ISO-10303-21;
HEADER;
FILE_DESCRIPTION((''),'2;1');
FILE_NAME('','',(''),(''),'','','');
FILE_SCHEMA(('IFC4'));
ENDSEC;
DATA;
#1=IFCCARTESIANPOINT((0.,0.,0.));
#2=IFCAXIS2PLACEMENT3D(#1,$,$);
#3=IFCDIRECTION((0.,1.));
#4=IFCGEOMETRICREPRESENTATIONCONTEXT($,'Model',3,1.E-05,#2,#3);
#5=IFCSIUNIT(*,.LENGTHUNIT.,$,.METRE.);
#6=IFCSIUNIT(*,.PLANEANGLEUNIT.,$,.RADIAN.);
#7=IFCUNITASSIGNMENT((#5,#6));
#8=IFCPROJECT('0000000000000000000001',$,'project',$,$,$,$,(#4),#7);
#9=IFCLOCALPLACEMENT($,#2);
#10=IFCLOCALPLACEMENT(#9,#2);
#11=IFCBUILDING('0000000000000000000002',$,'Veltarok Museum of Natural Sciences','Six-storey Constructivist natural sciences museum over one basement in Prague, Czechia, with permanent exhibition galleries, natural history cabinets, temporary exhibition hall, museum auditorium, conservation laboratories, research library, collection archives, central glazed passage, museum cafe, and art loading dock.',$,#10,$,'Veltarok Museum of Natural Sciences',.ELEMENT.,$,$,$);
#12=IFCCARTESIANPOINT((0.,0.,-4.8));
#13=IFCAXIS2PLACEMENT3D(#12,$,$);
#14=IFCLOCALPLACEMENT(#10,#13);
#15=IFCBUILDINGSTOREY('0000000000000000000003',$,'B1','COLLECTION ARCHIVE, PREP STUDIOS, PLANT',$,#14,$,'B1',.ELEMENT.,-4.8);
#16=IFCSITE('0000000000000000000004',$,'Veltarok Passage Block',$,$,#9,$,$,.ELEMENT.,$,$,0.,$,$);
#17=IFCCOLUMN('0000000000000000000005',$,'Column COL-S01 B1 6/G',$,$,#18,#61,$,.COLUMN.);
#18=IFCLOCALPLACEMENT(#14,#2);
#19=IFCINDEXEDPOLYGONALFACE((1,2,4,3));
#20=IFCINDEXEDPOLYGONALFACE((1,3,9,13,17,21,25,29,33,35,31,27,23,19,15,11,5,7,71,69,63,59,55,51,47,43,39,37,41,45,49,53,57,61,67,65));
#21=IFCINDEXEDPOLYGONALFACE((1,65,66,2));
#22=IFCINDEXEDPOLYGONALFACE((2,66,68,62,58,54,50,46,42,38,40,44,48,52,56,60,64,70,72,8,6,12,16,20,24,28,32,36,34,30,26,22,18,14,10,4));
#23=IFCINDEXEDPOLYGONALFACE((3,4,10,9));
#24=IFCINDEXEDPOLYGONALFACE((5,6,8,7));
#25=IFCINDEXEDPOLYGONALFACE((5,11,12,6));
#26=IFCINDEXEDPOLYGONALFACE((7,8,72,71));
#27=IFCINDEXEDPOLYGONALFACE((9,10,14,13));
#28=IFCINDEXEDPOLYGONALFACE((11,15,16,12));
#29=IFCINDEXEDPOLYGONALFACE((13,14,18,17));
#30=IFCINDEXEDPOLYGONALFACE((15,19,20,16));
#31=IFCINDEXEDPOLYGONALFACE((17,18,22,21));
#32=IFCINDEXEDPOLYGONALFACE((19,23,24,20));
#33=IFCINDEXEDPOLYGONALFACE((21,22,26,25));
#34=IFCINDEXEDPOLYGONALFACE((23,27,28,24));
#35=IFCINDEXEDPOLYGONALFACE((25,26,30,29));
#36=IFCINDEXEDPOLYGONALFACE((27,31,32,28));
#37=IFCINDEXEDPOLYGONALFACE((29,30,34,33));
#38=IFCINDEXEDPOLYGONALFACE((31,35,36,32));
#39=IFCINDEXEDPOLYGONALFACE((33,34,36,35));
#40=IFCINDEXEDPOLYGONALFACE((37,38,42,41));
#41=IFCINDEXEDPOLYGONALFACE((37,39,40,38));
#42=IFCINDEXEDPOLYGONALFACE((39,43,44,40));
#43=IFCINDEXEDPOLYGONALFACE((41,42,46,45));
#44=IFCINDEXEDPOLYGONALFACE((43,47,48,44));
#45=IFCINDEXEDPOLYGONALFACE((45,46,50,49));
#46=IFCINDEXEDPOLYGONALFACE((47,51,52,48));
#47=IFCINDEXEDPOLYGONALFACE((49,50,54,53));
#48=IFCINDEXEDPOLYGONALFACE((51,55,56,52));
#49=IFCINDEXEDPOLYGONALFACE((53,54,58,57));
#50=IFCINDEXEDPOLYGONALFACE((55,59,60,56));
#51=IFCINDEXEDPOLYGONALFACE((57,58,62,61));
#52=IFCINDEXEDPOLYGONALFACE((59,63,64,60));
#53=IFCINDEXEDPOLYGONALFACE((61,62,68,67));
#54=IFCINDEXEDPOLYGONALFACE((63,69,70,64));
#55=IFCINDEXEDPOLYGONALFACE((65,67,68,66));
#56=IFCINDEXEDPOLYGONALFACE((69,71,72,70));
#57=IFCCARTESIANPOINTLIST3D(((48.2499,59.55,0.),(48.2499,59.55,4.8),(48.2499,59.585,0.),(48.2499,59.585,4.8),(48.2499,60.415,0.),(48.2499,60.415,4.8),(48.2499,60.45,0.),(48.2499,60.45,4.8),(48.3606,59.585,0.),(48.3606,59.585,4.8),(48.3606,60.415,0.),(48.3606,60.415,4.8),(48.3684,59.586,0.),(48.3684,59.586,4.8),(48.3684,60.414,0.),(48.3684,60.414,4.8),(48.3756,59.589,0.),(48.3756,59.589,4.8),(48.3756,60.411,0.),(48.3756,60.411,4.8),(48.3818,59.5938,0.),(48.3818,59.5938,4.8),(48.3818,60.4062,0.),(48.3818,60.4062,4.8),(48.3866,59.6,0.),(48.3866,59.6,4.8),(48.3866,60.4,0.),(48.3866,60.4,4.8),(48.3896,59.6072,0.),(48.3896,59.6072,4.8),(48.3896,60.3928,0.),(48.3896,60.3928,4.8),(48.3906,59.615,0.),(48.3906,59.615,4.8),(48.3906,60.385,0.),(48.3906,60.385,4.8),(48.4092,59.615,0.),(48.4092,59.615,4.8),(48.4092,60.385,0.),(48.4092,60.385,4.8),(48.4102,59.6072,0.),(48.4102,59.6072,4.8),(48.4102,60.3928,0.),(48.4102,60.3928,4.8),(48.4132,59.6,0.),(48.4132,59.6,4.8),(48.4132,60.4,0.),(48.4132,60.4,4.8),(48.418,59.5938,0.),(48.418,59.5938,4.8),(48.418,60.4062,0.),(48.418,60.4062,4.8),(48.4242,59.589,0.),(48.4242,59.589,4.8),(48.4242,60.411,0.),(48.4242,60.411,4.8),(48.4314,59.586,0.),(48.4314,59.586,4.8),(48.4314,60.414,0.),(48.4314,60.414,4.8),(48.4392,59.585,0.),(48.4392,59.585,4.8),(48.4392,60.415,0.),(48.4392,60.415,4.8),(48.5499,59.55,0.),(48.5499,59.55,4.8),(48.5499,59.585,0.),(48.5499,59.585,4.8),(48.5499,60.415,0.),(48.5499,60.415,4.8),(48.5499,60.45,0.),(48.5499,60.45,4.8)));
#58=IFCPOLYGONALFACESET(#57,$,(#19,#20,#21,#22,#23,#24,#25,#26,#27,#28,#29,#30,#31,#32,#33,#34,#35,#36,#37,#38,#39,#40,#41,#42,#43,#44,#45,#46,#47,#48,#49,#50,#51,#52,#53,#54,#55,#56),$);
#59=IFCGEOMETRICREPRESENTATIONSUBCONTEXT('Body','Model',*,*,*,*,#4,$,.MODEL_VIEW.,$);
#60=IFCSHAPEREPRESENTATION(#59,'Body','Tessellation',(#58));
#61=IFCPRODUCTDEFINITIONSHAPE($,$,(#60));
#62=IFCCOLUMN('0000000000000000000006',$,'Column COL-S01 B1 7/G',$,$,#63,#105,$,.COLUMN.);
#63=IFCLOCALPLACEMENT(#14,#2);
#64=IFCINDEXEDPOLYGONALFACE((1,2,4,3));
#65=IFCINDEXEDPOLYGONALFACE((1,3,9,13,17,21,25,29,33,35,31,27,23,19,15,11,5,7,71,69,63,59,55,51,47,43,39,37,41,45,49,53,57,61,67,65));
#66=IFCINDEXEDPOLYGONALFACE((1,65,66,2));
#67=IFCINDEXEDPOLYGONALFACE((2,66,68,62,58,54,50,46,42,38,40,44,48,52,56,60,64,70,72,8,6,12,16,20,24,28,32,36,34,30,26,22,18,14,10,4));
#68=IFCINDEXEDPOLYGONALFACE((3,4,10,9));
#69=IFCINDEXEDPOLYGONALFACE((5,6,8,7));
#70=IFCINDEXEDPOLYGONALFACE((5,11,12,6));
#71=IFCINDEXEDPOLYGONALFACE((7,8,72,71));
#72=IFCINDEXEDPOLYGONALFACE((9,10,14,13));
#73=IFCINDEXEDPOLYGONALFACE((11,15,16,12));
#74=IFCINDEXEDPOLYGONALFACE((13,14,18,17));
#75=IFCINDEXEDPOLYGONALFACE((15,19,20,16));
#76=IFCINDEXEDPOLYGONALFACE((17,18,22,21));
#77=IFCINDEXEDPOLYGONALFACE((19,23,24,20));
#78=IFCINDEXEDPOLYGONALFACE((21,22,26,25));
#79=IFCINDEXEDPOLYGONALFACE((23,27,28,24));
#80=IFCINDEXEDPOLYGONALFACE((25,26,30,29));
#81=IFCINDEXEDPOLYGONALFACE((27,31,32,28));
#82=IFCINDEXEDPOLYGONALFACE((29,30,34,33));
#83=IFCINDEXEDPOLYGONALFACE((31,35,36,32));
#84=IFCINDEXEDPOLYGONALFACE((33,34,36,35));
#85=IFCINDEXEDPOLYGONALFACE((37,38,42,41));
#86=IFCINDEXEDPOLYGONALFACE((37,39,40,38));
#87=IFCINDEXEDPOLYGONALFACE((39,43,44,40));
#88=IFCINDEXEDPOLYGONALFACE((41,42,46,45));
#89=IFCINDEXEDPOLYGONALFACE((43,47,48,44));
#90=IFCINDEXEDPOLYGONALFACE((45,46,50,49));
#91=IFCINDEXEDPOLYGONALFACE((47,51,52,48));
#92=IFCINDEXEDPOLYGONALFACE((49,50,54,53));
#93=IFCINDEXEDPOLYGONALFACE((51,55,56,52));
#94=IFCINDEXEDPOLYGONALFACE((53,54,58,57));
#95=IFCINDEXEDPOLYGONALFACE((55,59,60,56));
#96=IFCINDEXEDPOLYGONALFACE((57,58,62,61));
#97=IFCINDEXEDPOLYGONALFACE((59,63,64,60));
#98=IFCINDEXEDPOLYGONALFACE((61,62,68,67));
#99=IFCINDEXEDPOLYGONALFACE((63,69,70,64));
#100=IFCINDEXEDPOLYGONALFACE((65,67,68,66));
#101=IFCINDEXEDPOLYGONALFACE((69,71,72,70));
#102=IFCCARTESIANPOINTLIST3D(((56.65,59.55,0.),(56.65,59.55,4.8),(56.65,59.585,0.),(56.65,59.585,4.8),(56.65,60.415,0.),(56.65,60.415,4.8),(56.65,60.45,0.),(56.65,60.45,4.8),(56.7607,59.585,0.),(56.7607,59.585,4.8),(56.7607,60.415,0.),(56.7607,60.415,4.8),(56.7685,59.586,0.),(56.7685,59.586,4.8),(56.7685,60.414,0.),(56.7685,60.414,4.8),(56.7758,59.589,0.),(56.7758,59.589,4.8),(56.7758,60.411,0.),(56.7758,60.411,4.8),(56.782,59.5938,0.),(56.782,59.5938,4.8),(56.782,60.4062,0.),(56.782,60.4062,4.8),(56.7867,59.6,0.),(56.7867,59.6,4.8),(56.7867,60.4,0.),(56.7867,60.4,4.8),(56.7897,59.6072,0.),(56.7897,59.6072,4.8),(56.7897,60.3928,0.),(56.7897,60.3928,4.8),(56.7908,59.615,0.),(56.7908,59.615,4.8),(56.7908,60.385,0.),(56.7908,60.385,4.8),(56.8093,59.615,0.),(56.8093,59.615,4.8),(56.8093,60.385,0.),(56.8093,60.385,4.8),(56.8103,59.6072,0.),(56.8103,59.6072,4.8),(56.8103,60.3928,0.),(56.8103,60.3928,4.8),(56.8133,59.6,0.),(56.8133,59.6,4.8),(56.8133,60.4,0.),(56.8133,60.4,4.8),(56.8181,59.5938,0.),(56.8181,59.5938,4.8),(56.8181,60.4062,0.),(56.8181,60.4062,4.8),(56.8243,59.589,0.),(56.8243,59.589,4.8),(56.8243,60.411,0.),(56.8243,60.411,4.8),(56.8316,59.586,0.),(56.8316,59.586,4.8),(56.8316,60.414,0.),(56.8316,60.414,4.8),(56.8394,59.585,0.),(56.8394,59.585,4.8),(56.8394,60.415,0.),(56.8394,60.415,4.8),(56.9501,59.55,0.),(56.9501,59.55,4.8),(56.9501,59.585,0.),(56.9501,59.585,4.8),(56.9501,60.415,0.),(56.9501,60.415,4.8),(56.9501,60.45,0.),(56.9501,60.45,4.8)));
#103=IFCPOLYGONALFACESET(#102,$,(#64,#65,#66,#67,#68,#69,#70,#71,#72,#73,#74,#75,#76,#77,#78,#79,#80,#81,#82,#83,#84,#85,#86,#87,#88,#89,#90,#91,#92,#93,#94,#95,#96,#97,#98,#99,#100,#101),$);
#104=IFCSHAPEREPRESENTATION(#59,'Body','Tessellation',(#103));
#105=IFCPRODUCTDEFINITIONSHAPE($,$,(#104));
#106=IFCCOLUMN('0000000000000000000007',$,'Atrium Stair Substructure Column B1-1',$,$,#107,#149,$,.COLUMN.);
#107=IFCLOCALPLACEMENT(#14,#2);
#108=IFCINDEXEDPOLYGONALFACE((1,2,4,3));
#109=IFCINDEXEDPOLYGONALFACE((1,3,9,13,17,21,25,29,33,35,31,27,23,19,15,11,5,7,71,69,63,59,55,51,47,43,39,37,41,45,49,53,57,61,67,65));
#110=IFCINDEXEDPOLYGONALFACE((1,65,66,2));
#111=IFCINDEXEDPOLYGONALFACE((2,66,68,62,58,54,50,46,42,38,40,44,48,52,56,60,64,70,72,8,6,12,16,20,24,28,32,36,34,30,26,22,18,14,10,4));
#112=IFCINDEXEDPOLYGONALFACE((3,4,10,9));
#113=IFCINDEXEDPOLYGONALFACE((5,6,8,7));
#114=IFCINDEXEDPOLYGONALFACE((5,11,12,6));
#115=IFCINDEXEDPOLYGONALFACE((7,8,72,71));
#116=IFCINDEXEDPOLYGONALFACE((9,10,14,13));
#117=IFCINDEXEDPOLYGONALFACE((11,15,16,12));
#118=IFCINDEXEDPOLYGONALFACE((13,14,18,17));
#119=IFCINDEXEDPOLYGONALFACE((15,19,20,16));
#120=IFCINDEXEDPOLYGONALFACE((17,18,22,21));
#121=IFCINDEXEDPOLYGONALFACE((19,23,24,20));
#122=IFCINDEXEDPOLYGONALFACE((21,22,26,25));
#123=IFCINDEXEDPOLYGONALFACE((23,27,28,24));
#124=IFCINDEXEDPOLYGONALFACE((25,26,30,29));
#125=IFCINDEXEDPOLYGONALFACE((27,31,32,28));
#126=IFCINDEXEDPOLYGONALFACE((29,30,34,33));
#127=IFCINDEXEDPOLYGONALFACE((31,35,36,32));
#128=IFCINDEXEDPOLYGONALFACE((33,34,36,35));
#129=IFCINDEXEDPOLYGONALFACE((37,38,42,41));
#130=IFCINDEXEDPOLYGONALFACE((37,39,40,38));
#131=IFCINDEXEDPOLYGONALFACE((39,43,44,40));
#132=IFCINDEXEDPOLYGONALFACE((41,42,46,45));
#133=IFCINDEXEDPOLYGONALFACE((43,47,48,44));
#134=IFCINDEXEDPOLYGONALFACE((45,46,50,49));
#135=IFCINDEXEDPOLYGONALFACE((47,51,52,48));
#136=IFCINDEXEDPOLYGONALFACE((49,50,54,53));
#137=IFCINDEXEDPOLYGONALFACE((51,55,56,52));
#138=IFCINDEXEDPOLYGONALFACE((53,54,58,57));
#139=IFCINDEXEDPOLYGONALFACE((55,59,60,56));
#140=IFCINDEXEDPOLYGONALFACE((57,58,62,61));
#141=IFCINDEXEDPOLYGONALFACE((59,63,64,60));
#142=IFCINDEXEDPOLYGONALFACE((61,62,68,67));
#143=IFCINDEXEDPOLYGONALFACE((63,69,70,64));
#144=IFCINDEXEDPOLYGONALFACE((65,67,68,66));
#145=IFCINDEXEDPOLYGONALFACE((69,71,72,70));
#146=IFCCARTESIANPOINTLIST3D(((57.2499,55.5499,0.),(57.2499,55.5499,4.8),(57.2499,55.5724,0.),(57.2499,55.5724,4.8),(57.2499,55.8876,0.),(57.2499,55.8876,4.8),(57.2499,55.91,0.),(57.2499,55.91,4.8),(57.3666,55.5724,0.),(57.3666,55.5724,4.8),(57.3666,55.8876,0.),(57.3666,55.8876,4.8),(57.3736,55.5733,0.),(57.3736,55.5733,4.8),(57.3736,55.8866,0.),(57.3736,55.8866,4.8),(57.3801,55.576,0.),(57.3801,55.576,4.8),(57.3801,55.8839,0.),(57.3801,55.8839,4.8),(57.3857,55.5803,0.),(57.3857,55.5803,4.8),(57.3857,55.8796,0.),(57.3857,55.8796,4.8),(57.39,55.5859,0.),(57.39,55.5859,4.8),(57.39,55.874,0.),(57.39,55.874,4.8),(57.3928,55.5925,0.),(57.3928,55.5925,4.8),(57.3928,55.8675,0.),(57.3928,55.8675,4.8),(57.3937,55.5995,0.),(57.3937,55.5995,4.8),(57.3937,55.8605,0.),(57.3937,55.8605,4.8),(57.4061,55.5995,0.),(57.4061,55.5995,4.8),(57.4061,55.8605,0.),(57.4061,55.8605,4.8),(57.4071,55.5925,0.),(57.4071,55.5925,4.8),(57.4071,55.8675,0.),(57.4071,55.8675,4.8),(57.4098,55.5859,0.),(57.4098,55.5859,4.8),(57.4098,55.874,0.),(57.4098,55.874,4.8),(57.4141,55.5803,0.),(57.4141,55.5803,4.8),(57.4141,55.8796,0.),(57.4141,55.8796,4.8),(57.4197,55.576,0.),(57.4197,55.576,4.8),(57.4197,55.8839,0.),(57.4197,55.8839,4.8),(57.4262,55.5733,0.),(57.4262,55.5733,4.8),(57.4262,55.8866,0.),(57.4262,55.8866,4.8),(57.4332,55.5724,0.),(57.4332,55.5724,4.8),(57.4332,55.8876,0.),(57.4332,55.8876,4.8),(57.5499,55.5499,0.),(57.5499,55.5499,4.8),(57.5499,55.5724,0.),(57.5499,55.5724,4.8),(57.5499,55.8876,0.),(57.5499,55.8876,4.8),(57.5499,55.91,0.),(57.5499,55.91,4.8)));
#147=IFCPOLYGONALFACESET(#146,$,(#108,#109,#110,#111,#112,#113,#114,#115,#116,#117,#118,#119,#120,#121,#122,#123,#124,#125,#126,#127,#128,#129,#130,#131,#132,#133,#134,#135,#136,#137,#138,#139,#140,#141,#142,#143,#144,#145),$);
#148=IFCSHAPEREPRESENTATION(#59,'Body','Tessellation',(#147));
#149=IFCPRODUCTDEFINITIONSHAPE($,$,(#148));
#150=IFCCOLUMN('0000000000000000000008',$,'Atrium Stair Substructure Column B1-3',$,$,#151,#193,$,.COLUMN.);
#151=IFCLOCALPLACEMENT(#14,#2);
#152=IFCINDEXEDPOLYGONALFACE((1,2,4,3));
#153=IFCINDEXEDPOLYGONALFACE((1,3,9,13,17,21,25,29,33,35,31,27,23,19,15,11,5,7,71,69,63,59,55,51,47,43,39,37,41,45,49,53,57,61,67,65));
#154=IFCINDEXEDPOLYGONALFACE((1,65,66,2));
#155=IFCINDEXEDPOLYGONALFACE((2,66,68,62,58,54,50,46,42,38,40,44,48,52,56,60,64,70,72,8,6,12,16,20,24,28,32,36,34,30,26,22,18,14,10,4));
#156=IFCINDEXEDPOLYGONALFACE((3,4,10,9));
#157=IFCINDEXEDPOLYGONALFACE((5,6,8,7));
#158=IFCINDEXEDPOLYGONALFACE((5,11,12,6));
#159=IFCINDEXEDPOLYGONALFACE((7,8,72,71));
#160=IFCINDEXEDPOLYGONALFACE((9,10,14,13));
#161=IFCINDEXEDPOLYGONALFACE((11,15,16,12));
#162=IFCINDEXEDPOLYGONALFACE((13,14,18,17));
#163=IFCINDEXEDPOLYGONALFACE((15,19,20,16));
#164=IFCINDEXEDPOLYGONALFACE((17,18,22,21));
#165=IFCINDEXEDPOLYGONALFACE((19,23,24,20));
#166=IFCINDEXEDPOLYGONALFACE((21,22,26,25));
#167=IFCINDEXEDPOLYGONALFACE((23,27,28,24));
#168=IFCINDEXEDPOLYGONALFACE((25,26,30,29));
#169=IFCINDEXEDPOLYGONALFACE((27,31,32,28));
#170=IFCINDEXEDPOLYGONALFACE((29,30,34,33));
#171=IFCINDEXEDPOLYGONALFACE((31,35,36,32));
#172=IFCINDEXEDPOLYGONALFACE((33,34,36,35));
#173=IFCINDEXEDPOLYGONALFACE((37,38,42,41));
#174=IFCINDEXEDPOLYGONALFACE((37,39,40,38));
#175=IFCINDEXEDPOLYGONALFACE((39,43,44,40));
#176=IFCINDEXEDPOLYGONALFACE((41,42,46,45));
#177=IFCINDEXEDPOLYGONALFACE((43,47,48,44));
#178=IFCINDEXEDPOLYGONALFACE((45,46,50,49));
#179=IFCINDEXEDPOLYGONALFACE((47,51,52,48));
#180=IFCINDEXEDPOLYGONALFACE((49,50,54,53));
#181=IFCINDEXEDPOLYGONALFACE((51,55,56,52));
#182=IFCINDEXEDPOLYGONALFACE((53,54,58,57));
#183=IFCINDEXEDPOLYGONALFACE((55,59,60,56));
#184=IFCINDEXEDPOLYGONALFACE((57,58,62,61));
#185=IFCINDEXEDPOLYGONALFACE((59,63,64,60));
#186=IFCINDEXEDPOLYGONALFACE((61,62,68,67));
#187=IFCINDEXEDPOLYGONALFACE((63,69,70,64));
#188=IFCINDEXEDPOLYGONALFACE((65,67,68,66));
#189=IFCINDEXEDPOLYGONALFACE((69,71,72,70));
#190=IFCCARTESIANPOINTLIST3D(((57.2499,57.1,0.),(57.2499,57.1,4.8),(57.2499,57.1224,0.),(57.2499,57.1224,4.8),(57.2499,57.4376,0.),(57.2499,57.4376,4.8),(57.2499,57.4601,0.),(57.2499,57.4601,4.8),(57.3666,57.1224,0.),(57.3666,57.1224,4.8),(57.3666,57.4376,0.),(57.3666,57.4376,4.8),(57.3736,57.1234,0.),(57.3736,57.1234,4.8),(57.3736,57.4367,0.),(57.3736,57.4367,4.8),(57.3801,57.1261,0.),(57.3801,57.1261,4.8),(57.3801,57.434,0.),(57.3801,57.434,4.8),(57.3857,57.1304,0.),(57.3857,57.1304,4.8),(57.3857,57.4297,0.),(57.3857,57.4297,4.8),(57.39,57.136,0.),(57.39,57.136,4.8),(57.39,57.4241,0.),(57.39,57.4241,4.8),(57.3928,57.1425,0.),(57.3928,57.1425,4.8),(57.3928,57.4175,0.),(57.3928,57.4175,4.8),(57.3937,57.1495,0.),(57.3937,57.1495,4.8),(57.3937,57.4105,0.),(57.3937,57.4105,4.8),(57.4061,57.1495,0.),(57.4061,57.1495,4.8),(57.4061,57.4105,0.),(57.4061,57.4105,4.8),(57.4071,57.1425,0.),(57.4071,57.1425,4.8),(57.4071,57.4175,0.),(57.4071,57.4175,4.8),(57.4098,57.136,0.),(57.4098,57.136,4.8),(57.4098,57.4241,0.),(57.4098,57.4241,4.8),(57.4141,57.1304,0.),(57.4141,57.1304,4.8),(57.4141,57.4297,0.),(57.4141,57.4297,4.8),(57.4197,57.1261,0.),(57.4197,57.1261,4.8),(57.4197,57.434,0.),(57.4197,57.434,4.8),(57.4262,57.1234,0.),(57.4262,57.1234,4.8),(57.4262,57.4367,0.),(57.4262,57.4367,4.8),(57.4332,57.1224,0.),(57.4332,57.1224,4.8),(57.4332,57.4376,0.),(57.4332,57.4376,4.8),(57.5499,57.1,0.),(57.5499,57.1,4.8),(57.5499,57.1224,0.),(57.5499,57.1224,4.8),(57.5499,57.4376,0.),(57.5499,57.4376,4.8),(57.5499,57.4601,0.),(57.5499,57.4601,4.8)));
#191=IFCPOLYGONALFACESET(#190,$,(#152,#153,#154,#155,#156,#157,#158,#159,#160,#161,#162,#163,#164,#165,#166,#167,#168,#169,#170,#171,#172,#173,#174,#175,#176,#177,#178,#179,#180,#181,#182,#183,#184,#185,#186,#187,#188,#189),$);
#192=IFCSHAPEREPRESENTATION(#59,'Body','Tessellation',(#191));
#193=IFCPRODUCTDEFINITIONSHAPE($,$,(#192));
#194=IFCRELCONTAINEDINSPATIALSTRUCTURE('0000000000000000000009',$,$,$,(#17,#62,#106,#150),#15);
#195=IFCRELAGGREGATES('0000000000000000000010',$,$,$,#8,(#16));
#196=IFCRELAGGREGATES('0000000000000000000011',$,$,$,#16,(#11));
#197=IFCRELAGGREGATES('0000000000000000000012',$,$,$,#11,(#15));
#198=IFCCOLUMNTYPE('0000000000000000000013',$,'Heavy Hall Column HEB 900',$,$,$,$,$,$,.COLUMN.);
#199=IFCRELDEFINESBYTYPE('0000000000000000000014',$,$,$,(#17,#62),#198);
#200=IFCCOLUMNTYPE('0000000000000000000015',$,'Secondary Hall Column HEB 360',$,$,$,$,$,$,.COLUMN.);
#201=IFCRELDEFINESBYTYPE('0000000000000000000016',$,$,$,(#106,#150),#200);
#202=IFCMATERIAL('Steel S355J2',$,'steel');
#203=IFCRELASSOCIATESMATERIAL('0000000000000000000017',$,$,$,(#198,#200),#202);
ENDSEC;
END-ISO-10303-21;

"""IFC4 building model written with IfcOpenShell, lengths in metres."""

from ifc_helpers import new_model, si_unit, direction, frame, origin, origin_2d, place, context, subcontext, project, spatial, i_section, extrude, material, material_profile, profile_set, type_object, element, save


model = new_model("IFC4")

# Units and contexts
model_context = context("Model", 3, precision=1e-05, world=origin(), true_north=direction((0.0, 1.0)))
body_context = subcontext(model_context, "Body", "Model", "MODEL_VIEW")
ifc_project = project(units=[si_unit("LENGTHUNIT", "METRE"), si_unit("PLANEANGLEUNIT", "RADIAN")], contexts=[model_context])

# Site, building, storey
site_placement = place(None, origin())
site = spatial("IfcSite", under=ifc_project, at=site_placement, Name="Veltarok Passage Block", CompositionType="ELEMENT", RefElevation=0.0)
building_placement = place(site_placement, origin())
building = spatial("IfcBuilding", under=site, at=building_placement, Name="Veltarok Museum of Natural Sciences", Description="Six-storey Constructivist natural sciences museum over one basement in Prague, Czechia, with permanent exhibition galleries, natural history cabinets, temporary exhibition hall, museum auditorium, conservation laboratories, research library, collection archives, central glazed passage, museum cafe, and art loading dock.", LongName="Veltarok Museum of Natural Sciences", CompositionType="ELEMENT")
storey_placement = place(building_placement, frame((0.0, 0.0, -4.8)))
storey = spatial("IfcBuildingStorey", under=building, at=storey_placement, Name="B1", Description="COLLECTION ARCHIVE, PREP STUDIOS, PLANT", LongName="B1", CompositionType="ELEMENT", Elevation=-4.8)

# Columns
ifc_material_1 = material(Name="Steel S355J2", Category="steel")
ifc_material_profile_1 = material_profile(ifc_material_1, i_section(OverallWidth=0.3, OverallDepth=0.8999, WebThickness=0.0186, FlangeThickness=0.0349, FilletRadius=0.03, at=origin_2d()), Name="HEB 900")
ifc_profile_set_1 = profile_set([ifc_material_profile_1], Name="Steel S355J2")
column_type_1 = type_object("IfcColumnType", Name="Heavy Hall Column HEB 900", PredefinedType="COLUMN", material=ifc_profile_set_1)
for number, where, z_axis, x_axis, name in (
    (1, (48.3999, 60.0, 0.0), (0.0, 0.0, 1.0), (1.0, 0.0, 0.0), "Column COL-S01 B1 6/G"),
    (2, (56.8, 60.0, 0.0), (0.0, 0.0, 1.0), (1.0, 0.0, 0.0), "Column COL-S01 B1 7/G"),
):
    element("IfcColumn", number, at=place(storey_placement, frame(where, z_axis=z_axis, x_axis=x_axis)), inside=storey, type_object=column_type_1, Name=name, PredefinedType="COLUMN", context=body_context, shape_type="SweptSolid", body=[
        extrude(i_section(OverallWidth=0.3, OverallDepth=0.8999, WebThickness=0.0186, FlangeThickness=0.0349, FilletRadius=0.03, at=origin_2d()), origin(), (0.0, 0.0, 1.0), 4.8),
    ])
ifc_material_profile_2 = material_profile(ifc_material_1, i_section(OverallWidth=0.3, OverallDepth=0.3601, WebThickness=0.0125, FlangeThickness=0.0225, FilletRadius=0.0271, at=origin_2d()), Name="HEB 360")
ifc_profile_set_2 = profile_set([ifc_material_profile_2], Name="Steel S355J2")
column_type_2 = type_object("IfcColumnType", Name="Secondary Hall Column HEB 360", PredefinedType="COLUMN", material=ifc_profile_set_2)
for number, where, z_axis, x_axis, name in (
    (3, (57.3999, 55.73, 0.0), (0.0, 0.0, 1.0), (1.0, 0.0, 0.0), "Atrium Stair Substructure Column B1-1"),
    (4, (57.3999, 57.28, 0.0), (0.0, 0.0, 1.0), (1.0, 0.0, 0.0), "Atrium Stair Substructure Column B1-3"),
):
    element("IfcColumn", number, at=place(storey_placement, frame(where, z_axis=z_axis, x_axis=x_axis)), inside=storey, type_object=column_type_2, Name=name, PredefinedType="COLUMN", context=body_context, shape_type="SweptSolid", body=[
        extrude(i_section(OverallWidth=0.3, OverallDepth=0.3601, WebThickness=0.0125, FlangeThickness=0.0225, FilletRadius=0.0271, at=origin_2d()), origin(), (0.0, 0.0, 1.0), 4.8),
    ])

save(model, "model.ifc")
